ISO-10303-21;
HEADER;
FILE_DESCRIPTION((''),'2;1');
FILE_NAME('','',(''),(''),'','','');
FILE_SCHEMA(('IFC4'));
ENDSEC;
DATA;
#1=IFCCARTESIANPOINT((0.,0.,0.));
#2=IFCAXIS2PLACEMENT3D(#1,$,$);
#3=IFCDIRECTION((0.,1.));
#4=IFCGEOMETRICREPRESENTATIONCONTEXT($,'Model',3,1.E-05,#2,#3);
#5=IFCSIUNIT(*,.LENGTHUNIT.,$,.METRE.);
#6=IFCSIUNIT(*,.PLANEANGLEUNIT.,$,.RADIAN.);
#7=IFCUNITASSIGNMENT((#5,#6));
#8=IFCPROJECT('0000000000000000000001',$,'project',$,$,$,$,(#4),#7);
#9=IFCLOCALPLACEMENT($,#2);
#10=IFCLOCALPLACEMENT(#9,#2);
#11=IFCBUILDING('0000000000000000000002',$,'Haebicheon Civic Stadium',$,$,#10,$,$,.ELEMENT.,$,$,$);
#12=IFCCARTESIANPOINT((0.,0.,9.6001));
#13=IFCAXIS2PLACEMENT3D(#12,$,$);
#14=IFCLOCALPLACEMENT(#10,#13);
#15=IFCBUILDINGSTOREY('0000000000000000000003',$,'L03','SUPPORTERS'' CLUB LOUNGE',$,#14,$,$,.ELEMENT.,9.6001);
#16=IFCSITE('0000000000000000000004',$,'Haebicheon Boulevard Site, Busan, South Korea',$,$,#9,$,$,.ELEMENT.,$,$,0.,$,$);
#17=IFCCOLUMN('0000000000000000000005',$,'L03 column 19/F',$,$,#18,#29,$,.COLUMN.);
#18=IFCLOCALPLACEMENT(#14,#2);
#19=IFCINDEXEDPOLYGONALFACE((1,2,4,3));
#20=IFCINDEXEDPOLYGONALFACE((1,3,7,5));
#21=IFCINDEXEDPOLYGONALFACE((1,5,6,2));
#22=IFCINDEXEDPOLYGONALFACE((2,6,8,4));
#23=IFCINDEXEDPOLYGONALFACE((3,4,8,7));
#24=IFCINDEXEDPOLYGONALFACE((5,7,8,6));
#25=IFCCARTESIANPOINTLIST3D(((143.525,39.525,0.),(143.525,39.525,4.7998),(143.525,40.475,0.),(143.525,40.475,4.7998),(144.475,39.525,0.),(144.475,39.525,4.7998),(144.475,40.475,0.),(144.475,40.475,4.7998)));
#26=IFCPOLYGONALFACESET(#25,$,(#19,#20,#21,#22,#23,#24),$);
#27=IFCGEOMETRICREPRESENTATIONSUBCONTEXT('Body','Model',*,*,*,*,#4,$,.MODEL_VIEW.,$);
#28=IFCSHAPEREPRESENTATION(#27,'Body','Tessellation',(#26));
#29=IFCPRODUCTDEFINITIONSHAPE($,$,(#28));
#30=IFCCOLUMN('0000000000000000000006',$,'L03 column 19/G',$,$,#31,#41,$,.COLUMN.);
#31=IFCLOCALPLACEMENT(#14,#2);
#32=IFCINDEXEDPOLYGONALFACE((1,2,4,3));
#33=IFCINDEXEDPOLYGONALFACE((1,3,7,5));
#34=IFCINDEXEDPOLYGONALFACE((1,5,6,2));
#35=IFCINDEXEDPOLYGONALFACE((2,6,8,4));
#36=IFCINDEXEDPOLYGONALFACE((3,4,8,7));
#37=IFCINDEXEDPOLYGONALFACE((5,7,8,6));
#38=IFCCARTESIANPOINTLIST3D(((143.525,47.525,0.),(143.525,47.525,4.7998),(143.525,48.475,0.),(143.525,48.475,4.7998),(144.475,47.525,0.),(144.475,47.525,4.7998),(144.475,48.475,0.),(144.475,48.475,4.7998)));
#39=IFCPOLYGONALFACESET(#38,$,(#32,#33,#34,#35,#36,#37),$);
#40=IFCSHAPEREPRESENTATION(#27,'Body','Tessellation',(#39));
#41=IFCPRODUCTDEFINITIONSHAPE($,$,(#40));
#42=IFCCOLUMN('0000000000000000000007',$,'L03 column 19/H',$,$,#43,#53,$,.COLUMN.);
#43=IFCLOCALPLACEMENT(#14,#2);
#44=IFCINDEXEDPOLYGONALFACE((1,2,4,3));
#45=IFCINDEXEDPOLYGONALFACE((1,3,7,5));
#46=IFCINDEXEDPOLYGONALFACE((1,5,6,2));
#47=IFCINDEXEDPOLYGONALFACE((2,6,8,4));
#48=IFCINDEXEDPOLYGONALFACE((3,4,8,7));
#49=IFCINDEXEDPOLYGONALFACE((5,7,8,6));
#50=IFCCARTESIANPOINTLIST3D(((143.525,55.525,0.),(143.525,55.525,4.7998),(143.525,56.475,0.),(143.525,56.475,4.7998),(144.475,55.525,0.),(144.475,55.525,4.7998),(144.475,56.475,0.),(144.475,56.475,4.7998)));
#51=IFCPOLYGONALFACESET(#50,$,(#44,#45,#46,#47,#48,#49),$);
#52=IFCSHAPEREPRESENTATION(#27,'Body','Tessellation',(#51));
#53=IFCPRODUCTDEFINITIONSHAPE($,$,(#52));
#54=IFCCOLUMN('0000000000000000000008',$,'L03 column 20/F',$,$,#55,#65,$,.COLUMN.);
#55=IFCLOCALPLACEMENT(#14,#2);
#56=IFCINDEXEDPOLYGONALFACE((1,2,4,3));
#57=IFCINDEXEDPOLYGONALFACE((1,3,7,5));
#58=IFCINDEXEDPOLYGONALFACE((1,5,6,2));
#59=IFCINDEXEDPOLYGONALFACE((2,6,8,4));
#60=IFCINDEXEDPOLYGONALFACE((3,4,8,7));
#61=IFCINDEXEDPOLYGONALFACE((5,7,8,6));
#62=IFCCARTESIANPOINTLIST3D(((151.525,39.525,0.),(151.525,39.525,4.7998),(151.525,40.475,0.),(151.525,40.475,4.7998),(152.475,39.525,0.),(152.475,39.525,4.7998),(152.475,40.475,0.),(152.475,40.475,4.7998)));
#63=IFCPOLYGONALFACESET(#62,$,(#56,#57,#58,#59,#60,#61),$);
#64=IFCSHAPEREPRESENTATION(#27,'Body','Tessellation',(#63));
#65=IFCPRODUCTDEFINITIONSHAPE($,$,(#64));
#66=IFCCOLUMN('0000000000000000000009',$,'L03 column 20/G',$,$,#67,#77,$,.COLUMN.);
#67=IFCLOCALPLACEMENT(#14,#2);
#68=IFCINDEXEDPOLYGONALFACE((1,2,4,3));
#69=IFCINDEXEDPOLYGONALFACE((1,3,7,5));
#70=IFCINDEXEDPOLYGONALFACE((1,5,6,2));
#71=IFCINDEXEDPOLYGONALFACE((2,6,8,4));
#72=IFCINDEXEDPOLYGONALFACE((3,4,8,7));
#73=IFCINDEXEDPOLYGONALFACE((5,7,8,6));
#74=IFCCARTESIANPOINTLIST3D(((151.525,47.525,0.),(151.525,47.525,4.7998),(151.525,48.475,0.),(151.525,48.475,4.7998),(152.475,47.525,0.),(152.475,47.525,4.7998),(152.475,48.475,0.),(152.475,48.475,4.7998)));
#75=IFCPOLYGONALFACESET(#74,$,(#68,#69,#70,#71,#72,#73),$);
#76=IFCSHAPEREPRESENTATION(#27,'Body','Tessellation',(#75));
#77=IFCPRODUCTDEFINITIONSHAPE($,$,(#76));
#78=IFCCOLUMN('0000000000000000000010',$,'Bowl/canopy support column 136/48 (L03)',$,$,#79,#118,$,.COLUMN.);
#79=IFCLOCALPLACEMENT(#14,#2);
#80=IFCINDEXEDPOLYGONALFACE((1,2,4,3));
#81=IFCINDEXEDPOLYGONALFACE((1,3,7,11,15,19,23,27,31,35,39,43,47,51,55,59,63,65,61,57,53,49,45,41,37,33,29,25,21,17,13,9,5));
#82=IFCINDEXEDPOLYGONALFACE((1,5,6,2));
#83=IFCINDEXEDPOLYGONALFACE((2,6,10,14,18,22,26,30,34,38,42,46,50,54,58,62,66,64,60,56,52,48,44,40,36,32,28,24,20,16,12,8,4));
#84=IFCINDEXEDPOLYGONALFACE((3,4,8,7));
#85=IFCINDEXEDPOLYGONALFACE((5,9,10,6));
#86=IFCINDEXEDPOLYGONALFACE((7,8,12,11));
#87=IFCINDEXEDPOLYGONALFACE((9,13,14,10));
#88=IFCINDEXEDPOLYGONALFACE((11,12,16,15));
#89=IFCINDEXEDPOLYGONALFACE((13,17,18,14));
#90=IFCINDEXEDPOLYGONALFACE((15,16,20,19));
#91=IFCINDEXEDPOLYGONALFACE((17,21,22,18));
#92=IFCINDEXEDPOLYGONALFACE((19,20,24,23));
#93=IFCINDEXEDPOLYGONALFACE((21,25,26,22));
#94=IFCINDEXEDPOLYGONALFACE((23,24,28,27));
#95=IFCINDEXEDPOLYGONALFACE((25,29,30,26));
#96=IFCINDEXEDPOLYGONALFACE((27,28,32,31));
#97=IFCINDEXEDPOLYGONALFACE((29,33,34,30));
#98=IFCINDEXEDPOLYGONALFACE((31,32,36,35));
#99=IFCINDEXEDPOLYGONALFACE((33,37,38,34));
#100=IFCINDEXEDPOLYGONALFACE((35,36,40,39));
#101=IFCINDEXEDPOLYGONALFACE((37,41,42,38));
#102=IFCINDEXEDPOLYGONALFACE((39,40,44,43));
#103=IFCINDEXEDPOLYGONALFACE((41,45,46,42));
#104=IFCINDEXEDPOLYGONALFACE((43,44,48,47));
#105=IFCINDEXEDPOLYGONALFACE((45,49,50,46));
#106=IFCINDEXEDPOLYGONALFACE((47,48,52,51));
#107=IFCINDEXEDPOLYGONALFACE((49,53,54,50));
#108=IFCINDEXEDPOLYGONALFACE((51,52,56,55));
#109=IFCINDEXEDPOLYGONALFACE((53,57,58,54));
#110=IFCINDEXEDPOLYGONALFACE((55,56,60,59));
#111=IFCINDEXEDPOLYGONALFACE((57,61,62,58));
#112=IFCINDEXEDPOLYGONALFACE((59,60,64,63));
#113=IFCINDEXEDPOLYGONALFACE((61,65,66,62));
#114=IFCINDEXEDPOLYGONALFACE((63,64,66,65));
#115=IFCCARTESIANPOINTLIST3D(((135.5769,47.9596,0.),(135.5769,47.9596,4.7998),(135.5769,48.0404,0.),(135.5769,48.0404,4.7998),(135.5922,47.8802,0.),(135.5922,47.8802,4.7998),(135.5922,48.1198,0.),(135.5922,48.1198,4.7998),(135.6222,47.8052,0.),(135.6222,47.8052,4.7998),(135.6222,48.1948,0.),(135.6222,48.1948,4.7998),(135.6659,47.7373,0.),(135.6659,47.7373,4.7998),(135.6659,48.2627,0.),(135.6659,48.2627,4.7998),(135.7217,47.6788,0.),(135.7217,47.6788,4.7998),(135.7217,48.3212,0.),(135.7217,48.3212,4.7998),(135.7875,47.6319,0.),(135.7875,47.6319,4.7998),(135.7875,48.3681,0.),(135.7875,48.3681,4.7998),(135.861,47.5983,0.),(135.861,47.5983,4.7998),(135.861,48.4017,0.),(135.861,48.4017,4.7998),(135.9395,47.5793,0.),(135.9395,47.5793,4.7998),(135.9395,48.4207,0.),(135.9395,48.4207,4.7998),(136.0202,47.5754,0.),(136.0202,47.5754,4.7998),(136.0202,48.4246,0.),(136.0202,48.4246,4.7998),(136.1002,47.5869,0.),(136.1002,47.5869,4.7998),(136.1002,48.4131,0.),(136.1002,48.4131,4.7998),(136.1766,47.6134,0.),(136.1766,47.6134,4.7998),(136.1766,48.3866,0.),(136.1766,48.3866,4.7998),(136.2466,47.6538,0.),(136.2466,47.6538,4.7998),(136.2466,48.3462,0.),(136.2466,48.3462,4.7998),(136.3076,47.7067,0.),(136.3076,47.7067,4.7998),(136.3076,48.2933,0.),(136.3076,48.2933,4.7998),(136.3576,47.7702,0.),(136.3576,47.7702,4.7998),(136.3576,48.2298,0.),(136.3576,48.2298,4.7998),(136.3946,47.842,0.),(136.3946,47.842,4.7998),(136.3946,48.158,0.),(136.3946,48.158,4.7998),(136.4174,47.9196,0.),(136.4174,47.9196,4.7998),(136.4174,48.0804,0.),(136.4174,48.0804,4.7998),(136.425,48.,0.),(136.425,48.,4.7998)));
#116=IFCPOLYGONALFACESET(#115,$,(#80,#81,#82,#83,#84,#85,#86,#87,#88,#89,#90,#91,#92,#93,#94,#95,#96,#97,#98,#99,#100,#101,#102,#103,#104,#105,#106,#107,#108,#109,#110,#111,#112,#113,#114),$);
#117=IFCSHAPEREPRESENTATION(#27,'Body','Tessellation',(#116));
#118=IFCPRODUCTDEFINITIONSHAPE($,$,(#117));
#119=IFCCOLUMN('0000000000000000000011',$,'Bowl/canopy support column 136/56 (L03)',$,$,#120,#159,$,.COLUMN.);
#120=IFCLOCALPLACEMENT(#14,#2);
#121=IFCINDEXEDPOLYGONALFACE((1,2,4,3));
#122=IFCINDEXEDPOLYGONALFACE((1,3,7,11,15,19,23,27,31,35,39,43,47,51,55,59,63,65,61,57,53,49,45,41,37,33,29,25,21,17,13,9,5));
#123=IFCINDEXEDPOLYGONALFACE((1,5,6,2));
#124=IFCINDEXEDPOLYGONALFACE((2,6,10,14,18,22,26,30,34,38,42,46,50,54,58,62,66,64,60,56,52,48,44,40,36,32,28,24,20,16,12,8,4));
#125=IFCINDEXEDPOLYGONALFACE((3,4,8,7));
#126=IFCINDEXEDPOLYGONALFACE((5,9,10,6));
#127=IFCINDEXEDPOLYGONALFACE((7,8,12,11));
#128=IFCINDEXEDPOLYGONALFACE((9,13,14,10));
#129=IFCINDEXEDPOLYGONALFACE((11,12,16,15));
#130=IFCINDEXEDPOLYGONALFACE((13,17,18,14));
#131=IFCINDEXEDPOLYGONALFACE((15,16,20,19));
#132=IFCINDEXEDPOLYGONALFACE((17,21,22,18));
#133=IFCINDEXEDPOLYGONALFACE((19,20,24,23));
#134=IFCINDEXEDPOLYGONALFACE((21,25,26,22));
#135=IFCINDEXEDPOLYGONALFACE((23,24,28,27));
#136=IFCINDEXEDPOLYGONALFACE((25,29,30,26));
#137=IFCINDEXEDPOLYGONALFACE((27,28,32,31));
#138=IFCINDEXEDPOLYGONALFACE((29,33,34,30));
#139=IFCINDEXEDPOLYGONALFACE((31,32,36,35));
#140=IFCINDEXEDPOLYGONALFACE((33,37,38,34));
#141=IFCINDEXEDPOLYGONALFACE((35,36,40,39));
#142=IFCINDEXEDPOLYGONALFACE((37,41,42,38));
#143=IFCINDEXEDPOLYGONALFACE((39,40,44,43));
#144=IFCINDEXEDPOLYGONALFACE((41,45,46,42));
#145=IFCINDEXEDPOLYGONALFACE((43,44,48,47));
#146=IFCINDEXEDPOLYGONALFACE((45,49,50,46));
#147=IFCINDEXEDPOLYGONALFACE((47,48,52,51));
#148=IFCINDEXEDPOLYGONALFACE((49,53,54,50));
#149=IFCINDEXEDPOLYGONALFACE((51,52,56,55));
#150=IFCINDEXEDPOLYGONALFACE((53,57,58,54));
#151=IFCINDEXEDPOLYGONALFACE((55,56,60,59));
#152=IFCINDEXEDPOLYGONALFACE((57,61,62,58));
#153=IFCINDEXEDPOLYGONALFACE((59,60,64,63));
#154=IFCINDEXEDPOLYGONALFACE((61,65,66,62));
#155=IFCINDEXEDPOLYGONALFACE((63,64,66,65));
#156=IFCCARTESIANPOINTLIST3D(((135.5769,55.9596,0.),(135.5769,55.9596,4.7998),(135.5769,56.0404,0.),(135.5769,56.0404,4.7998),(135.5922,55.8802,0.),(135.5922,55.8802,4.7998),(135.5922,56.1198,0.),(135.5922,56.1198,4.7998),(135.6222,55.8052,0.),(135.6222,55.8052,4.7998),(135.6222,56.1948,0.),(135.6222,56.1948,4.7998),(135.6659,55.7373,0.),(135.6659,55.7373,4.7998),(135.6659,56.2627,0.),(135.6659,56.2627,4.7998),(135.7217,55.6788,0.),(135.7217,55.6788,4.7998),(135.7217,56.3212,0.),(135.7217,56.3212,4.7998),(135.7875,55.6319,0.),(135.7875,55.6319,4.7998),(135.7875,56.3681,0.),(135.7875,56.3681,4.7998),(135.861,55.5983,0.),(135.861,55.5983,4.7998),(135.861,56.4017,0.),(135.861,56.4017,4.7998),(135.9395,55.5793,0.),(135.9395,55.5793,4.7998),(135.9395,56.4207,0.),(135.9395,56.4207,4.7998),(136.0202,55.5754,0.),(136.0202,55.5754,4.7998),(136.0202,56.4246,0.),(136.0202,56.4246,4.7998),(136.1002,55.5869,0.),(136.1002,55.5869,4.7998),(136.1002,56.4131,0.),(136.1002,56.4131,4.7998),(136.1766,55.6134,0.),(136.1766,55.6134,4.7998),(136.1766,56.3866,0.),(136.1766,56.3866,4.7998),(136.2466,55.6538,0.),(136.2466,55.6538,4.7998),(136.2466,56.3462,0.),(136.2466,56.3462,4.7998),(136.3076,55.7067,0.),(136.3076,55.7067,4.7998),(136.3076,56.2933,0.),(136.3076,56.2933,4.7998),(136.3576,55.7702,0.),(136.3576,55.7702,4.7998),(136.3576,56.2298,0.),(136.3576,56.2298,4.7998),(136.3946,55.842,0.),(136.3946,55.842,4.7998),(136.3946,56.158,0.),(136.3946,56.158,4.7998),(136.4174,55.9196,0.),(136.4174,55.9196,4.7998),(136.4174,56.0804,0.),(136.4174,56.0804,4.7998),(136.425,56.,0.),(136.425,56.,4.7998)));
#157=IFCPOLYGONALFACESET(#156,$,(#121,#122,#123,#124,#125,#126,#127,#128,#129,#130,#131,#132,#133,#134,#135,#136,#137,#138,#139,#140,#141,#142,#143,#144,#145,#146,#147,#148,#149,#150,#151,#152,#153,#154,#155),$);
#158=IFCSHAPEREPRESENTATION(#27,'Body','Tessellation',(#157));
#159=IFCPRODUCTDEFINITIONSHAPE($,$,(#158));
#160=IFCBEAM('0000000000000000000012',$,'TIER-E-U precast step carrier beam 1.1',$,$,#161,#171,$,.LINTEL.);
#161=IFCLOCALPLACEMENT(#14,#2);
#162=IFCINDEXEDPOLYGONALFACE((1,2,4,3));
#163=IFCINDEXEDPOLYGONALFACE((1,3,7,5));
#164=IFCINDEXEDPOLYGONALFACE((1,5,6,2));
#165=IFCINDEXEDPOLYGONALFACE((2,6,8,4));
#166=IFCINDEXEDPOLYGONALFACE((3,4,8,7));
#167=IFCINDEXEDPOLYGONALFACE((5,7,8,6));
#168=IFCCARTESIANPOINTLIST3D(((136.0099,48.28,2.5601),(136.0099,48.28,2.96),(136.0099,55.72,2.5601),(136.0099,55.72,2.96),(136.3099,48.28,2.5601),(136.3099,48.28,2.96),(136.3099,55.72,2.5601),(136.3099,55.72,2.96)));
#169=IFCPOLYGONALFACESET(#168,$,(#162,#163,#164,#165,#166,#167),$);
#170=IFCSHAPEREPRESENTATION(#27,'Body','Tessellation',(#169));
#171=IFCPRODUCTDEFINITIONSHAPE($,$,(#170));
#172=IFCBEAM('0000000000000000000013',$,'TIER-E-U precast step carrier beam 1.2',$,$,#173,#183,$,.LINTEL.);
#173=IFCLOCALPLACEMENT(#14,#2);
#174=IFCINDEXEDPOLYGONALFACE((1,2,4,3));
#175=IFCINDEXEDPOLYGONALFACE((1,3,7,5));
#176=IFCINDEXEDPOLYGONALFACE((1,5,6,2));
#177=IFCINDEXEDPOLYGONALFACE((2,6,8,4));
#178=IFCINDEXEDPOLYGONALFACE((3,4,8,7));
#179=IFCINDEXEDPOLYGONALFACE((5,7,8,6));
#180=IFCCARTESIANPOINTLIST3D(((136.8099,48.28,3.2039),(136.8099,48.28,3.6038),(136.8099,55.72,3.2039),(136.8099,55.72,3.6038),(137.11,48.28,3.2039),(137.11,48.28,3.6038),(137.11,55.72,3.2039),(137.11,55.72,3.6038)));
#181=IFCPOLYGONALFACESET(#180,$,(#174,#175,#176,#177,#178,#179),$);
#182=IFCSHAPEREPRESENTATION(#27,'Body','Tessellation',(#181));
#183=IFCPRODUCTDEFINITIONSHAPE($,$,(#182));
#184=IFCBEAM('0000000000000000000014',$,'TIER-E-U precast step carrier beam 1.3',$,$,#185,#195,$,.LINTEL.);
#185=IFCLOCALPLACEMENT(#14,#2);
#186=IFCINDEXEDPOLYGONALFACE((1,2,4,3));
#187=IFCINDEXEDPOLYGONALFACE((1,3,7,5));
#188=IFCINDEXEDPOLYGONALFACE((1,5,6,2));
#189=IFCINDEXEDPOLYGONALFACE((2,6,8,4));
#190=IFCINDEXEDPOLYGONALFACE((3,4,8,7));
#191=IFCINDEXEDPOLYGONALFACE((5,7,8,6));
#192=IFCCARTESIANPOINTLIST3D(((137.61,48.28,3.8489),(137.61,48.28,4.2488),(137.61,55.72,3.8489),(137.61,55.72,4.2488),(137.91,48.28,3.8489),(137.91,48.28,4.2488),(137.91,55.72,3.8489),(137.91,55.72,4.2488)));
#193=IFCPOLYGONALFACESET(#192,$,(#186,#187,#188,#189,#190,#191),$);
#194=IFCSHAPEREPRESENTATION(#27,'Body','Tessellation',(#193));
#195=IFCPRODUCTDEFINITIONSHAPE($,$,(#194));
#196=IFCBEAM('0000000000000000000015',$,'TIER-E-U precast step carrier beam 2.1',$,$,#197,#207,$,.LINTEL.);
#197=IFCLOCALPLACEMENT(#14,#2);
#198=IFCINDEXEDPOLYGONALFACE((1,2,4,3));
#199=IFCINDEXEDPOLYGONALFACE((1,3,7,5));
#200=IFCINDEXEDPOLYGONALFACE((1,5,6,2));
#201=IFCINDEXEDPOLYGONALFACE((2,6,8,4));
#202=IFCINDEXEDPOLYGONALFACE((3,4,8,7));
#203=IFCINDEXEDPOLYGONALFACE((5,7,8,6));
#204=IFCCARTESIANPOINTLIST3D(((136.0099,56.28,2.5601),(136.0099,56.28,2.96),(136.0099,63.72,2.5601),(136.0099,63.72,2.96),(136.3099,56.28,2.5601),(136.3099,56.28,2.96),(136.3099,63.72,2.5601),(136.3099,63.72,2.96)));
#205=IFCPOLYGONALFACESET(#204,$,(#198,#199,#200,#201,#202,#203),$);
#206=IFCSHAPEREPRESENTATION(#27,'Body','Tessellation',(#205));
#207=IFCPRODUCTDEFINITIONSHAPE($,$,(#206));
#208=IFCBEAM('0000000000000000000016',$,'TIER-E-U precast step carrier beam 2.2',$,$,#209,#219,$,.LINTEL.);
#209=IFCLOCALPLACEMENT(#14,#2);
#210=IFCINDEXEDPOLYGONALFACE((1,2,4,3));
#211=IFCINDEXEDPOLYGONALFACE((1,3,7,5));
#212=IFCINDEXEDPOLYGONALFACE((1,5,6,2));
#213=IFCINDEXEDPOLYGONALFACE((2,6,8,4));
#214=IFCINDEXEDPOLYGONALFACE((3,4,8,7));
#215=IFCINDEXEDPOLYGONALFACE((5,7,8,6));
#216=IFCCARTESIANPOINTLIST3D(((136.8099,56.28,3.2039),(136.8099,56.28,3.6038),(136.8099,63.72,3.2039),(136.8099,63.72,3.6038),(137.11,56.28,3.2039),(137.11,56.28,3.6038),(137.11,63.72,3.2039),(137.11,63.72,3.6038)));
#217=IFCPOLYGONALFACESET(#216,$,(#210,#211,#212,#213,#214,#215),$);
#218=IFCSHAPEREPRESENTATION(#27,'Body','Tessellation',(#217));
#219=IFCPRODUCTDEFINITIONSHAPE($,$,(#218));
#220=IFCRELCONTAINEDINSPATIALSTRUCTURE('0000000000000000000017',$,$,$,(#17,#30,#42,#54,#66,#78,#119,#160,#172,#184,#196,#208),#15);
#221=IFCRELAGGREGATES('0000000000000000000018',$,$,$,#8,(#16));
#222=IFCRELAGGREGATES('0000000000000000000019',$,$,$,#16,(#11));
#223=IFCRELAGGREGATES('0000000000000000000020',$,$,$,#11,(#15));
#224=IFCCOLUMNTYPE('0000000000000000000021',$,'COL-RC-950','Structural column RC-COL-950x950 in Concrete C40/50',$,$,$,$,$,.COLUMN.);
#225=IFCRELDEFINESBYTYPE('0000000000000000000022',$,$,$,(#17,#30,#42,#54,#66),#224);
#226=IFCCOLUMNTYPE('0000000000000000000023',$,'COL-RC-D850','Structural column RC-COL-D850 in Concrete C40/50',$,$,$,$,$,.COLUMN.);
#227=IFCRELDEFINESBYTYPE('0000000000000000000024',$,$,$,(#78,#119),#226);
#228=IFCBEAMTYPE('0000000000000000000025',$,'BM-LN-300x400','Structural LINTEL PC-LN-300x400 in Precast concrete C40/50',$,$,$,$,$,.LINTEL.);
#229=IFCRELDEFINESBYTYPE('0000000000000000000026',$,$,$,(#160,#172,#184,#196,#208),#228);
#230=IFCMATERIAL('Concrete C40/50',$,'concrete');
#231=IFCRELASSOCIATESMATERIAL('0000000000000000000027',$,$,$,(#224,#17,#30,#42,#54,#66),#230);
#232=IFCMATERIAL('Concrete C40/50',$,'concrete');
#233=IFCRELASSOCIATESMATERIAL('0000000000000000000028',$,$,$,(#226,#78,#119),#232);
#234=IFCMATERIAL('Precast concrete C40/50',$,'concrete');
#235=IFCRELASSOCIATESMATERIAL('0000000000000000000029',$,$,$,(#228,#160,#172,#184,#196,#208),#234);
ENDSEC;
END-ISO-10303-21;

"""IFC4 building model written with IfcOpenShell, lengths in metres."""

from ifc_helpers import new_model, si_unit, direction, frame, origin, origin_2d, place, context, subcontext, project, spatial, rectangle, circle, extrude, material, material_profile, profile_set, type_object, element, save


model = new_model("IFC4")

# Units and contexts
model_context = context("Model", 3, precision=1e-05, world=origin(), true_north=direction((0.0, 1.0)))
body_context = subcontext(model_context, "Body", "Model", "MODEL_VIEW")
ifc_project = project(units=[si_unit("LENGTHUNIT", "METRE"), si_unit("PLANEANGLEUNIT", "RADIAN")], contexts=[model_context])

# Site, building, storey
site_placement = place(None, origin())
site = spatial("IfcSite", under=ifc_project, at=site_placement, Name="Haebicheon Boulevard Site, Busan, South Korea", CompositionType="ELEMENT", RefElevation=0.0)
building_placement = place(site_placement, origin())
building = spatial("IfcBuilding", under=site, at=building_placement, Name="Haebicheon Civic Stadium", CompositionType="ELEMENT")
storey_placement = place(building_placement, frame((0.0, 0.0, 9.6001)))
storey = spatial("IfcBuildingStorey", under=building, at=storey_placement, Name="L03", Description="SUPPORTERS' CLUB LOUNGE", CompositionType="ELEMENT", Elevation=9.6001)

# Columns
ifc_material_1 = material(Name="Concrete C40/50", Category="concrete")
ifc_material_profile_1 = material_profile(ifc_material_1, rectangle(XDim=0.95, YDim=0.95, at=origin_2d()), Name="RC-COL-950x950")
ifc_profile_set_1 = profile_set([ifc_material_profile_1], Name="Concrete C40/50")
column_type_1 = type_object("IfcColumnType", Name="COL-RC-950", Description="Structural column RC-COL-950x950 in Concrete C40/50", PredefinedType="COLUMN", material=ifc_profile_set_1)
for number, where, z_axis, x_axis, name in (
    (1, (144.0, 40.0, 0.0), (0.0, 0.0, 1.0), (1.0, 0.0, 0.0), "L03 column 19/F"),
    (2, (144.0, 48.0, 0.0), (0.0, 0.0, 1.0), (1.0, 0.0, 0.0), "L03 column 19/G"),
    (3, (144.0, 56.0, 0.0), (0.0, 0.0, 1.0), (1.0, 0.0, 0.0), "L03 column 19/H"),
    (4, (152.0, 40.0, 0.0), (0.0, 0.0, 1.0), (1.0, 0.0, 0.0), "L03 column 20/F"),
    (5, (152.0, 48.0, 0.0), (0.0, 0.0, 1.0), (1.0, 0.0, 0.0), "L03 column 20/G"),
):
    element("IfcColumn", number, at=place(storey_placement, frame(where, z_axis=z_axis, x_axis=x_axis)), inside=storey, type_object=column_type_1, material=ifc_profile_set_1, Name=name, PredefinedType="COLUMN", context=body_context, shape_type="SweptSolid", body=[
        extrude(rectangle(XDim=0.95, YDim=0.95, at=origin_2d()), origin(), (0.0, 0.0, 1.0), 4.7998),
    ])
ifc_material_2 = material(Name="Concrete C40/50", Category="concrete")
ifc_material_profile_2 = material_profile(ifc_material_2, circle(Radius=0.425, at=origin_2d()), Name="RC-COL-D850")
ifc_profile_set_2 = profile_set([ifc_material_profile_2], Name="Concrete C40/50")
column_type_2 = type_object("IfcColumnType", Name="COL-RC-D850", Description="Structural column RC-COL-D850 in Concrete C40/50", PredefinedType="COLUMN", material=ifc_profile_set_2)
for number, where, z_axis, x_axis, name in (
    (6, (136.0, 48.0, 0.0), (0.0, 0.0, 1.0), (1.0, 0.0, 0.0), "Bowl/canopy support column 136/48 (L03)"),
    (7, (136.0, 56.0, 0.0), (0.0, 0.0, 1.0), (1.0, 0.0, 0.0), "Bowl/canopy support column 136/56 (L03)"),
):
    element("IfcColumn", number, at=place(storey_placement, frame(where, z_axis=z_axis, x_axis=x_axis)), inside=storey, type_object=column_type_2, material=ifc_profile_set_2, Name=name, PredefinedType="COLUMN", context=body_context, shape_type="SweptSolid", body=[
        extrude(circle(Radius=0.425, at=origin_2d()), origin(), (0.0, 0.0, 1.0), 4.7998),
    ])

# Beams
ifc_material_3 = material(Name="Precast concrete C40/50", Category="concrete")
ifc_material_profile_3 = material_profile(ifc_material_3, rectangle(XDim=0.3, YDim=0.3999, at=origin_2d()), Name="PC-LN-300x400")
ifc_profile_set_3 = profile_set([ifc_material_profile_3], Name="Precast concrete C40/50")
beam_type_1 = type_object("IfcBeamType", Name="BM-LN-300x400", Description="Structural LINTEL PC-LN-300x400 in Precast concrete C40/50", PredefinedType="LINTEL", material=ifc_profile_set_3)
for number, where, z_axis, x_axis, name in (
    (8, (136.1599, 48.28, 2.76), (0.0, 1.0, 0.0), (-1.0, 0.0, 0.0), "TIER-E-U precast step carrier beam 1.1"),
    (9, (136.96, 48.28, 3.4038), (0.0, 1.0, 0.0), (-1.0, 0.0, 0.0), "TIER-E-U precast step carrier beam 1.2"),
    (10, (137.76, 48.28, 4.0488), (0.0, 1.0, 0.0), (-1.0, 0.0, 0.0), "TIER-E-U precast step carrier beam 1.3"),
    (11, (136.1599, 56.28, 2.76), (0.0, 1.0, 0.0), (-1.0, 0.0, 0.0), "TIER-E-U precast step carrier beam 2.1"),
    (12, (136.96, 56.28, 3.4038), (0.0, 1.0, 0.0), (-1.0, 0.0, 0.0), "TIER-E-U precast step carrier beam 2.2"),
):
    element("IfcBeam", number, at=place(storey_placement, frame(where, z_axis=z_axis, x_axis=x_axis)), inside=storey, type_object=beam_type_1, material=ifc_profile_set_3, Name=name, PredefinedType="LINTEL", context=body_context, shape_type="SweptSolid", body=[
        extrude(rectangle(XDim=0.3, YDim=0.3999, at=origin_2d()), origin(), (0.0, 0.0, 1.0), 7.4399),
    ])

save(model, "model.ifc")
